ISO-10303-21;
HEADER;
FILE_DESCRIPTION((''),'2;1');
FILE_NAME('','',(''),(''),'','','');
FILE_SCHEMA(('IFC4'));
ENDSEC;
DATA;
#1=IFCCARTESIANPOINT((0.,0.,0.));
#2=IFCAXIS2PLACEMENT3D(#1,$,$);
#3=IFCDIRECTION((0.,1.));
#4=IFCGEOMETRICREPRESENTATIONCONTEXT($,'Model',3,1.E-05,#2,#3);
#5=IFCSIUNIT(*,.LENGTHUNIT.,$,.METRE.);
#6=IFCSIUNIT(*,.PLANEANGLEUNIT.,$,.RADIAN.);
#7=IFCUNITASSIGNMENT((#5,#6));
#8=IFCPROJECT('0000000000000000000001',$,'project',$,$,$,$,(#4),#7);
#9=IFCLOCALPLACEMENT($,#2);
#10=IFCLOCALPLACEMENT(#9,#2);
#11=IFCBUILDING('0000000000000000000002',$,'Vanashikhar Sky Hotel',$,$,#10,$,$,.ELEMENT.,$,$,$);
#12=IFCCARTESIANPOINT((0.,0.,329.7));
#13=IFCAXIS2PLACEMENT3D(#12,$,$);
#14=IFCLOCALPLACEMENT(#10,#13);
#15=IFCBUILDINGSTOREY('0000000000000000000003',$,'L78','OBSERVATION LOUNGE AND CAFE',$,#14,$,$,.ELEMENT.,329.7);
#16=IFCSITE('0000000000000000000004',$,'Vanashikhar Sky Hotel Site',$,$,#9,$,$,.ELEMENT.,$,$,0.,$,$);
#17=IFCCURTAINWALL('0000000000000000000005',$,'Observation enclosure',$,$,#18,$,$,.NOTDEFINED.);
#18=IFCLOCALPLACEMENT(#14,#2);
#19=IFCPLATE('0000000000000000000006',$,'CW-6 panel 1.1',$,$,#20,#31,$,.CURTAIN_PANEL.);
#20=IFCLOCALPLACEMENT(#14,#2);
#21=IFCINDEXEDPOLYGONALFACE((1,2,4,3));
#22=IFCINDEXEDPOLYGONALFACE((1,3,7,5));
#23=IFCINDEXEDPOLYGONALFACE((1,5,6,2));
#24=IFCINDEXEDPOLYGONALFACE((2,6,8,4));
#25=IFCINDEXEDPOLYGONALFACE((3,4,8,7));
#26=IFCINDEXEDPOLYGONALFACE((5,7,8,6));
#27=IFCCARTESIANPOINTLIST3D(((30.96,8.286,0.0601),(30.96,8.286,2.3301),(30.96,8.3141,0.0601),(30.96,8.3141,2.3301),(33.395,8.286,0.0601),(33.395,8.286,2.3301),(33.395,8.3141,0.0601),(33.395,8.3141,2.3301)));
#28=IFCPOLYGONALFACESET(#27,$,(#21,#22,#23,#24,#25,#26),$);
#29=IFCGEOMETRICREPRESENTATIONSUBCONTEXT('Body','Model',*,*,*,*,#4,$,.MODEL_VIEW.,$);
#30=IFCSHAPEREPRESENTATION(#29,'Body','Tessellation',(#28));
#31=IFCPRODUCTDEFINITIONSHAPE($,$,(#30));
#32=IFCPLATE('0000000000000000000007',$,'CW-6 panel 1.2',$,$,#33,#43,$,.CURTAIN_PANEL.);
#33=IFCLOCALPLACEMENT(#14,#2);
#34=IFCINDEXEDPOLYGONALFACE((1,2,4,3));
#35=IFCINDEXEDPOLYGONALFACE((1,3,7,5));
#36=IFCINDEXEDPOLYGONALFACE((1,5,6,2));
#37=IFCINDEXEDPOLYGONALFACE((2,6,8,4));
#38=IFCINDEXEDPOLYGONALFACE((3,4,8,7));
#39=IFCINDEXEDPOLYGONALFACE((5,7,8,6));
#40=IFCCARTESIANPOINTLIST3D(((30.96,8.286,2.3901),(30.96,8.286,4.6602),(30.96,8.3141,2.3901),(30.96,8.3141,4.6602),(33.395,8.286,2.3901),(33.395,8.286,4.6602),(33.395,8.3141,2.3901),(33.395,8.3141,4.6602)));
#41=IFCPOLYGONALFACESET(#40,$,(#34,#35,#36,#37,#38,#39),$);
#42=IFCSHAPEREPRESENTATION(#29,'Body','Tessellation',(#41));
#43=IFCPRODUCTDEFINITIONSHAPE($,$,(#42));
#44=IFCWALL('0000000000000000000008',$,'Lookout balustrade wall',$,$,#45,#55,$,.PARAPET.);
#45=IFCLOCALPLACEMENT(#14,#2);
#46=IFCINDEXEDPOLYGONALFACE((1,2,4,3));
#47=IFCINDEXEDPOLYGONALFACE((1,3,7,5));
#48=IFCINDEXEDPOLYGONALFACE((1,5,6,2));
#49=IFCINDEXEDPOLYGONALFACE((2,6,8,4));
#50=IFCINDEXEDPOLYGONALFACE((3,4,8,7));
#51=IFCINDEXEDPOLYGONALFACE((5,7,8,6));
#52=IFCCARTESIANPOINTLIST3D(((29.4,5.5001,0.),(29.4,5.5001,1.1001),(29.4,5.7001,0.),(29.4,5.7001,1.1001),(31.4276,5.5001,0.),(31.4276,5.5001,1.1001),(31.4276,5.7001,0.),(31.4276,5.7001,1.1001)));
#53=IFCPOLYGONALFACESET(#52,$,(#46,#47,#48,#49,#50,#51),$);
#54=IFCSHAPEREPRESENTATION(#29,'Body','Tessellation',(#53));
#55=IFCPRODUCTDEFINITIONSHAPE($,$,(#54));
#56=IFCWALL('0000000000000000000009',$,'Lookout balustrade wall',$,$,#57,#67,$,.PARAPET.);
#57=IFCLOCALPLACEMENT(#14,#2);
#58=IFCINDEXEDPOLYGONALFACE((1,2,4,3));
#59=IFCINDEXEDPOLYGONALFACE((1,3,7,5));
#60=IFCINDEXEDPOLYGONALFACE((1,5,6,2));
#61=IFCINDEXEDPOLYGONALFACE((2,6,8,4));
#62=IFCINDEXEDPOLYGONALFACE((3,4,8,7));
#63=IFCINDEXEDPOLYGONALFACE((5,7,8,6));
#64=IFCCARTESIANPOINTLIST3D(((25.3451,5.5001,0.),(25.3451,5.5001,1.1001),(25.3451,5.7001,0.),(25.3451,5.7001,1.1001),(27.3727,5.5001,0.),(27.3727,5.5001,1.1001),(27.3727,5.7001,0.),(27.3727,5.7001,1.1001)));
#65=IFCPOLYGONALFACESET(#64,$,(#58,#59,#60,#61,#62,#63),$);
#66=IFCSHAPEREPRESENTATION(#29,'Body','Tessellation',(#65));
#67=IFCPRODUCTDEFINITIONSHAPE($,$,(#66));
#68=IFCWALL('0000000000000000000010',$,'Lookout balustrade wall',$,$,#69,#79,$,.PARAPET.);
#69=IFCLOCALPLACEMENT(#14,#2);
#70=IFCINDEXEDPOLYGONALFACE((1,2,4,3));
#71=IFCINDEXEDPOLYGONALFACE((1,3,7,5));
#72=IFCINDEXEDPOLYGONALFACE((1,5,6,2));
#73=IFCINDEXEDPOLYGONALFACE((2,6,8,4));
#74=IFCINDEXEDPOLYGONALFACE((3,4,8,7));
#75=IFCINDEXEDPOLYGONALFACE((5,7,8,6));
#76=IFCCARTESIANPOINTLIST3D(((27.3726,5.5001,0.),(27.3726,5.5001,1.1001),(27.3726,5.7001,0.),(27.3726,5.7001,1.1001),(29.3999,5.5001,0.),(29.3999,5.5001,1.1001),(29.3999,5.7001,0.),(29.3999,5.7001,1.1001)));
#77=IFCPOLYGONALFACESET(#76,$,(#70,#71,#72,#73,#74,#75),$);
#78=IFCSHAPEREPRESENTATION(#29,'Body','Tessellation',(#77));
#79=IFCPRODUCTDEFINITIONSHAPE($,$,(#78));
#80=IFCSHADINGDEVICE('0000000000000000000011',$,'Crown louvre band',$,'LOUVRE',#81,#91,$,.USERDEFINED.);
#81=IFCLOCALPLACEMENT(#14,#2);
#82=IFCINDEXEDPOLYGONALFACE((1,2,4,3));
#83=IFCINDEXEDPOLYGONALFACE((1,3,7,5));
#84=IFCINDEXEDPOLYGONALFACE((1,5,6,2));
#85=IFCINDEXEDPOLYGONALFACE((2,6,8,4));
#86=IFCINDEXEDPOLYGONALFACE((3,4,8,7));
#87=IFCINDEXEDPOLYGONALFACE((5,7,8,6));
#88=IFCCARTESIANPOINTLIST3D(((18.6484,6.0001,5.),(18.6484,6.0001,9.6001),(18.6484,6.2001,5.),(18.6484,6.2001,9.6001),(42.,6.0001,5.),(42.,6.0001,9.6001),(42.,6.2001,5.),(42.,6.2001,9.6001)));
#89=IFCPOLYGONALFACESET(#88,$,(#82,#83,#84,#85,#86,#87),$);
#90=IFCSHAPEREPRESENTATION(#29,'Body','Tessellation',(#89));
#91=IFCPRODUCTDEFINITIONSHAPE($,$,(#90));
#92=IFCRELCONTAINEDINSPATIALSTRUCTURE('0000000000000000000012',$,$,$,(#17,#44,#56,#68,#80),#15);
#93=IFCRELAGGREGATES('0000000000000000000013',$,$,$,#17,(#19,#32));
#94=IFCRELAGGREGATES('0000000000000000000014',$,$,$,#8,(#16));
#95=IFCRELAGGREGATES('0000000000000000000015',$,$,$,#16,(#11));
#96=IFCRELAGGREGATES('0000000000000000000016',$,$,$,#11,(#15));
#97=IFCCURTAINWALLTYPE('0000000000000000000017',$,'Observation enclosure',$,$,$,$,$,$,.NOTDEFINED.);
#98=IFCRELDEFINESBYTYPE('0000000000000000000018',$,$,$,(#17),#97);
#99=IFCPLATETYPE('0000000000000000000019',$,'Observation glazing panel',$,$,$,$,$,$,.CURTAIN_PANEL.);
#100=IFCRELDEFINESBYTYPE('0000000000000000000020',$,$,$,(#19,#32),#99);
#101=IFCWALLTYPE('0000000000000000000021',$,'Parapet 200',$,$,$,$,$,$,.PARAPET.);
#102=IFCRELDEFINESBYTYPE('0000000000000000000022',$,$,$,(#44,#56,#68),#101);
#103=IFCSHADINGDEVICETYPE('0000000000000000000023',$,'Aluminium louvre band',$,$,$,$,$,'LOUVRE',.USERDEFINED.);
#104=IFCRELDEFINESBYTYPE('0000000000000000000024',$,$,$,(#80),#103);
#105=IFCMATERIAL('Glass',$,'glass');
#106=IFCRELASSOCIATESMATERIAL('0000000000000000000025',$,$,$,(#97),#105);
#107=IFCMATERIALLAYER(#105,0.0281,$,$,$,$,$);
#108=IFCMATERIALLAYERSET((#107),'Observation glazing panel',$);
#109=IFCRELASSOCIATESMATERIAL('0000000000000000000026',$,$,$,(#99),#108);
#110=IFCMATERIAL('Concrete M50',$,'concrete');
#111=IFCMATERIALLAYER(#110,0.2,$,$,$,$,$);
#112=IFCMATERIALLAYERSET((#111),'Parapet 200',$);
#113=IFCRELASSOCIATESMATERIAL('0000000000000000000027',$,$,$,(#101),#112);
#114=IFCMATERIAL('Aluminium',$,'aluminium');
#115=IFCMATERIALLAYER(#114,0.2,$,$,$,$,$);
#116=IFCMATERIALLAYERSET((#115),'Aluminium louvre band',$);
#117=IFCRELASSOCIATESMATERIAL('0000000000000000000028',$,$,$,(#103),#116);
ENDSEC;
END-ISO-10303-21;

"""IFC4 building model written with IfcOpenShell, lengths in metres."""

from ifc_helpers import new_model, si_unit, direction, frame, frame_2d, origin, origin_2d, place, context, subcontext, project, spatial, rectangle, extrude, source, transform, mapped, material, layer, layer_set, type_object, element, aggregate, save


model = new_model("IFC4")

# Units and contexts
model_context = context("Model", 3, precision=1e-05, world=origin(), true_north=direction((0.0, 1.0)))
body_context = subcontext(model_context, "Body", "Model", "MODEL_VIEW")
ifc_project = project(units=[si_unit("LENGTHUNIT", "METRE"), si_unit("PLANEANGLEUNIT", "RADIAN")], contexts=[model_context])

# Site, building, storey
site_placement = place(None, origin())
site = spatial("IfcSite", under=ifc_project, at=site_placement, Name="Vanashikhar Sky Hotel Site", CompositionType="ELEMENT", RefElevation=0.0)
building_placement = place(site_placement, origin())
building = spatial("IfcBuilding", under=site, at=building_placement, Name="Vanashikhar Sky Hotel", CompositionType="ELEMENT")
storey_placement = place(building_placement, frame((0.0, 0.0, 329.7)))
storey = spatial("IfcBuildingStorey", under=building, at=storey_placement, Name="L78", Description="OBSERVATION LOUNGE AND CAFE", CompositionType="ELEMENT", Elevation=329.7)

# Shared definitions
ifc_material_1 = material(Name="Concrete M50", Category="concrete")

# Shared definitions
ifc_material_2 = material(Name="Glass", Category="glass")
curtain_wall_type = type_object("IfcCurtainWallType", Name="Observation enclosure", PredefinedType="NOTDEFINED", material=ifc_material_2)

# Curtain wall
curtain_wall_1_placement = place(storey_placement, origin())
curtain_wall_1 = element("IfcCurtainWall", 1, at=curtain_wall_1_placement, inside=storey, type_object=curtain_wall_type, Name="Observation enclosure", PredefinedType="NOTDEFINED")

# Plates
ifc_layer_1 = layer(ifc_material_2, 0.0281)
ifc_layer_set_1 = layer_set([ifc_layer_1], Name="Observation glazing panel")
plate_type = type_object("IfcPlateType", Name="Observation glazing panel", PredefinedType="CURTAIN_PANEL", material=ifc_layer_set_1)
shared_shape_1 = source(origin(), body_context, "Body", "SweptSolid", [
    extrude(rectangle(XDim=2.4351, YDim=0.0281, at=origin_2d()), origin(), (0.0, 0.0, 1.0), 2.27),
])
plate_1_placement = place(storey_placement, frame((32.1775, 8.3, 0.0601), z_axis=(0.0, 0.0, 1.0), x_axis=(1.0, 0.0, 0.0)))
plate_1 = element("IfcPlate", 2, at=plate_1_placement, type_object=plate_type, Name="CW-6 panel 1.1", PredefinedType="CURTAIN_PANEL", context=body_context, shape_type="MappedRepresentation", body=[
    mapped(shared_shape_1, transform((0.0, 0.0, 0.0), scale=1.0)),
])
plate_2_placement = place(storey_placement, frame((32.1775, 8.3, 2.3901), z_axis=(0.0, 0.0, 1.0), x_axis=(1.0, 0.0, 0.0)))
plate_2 = element("IfcPlate", 3, at=plate_2_placement, type_object=plate_type, Name="CW-6 panel 1.2", PredefinedType="CURTAIN_PANEL", context=body_context, shape_type="MappedRepresentation", body=[
    mapped(shared_shape_1, transform((0.0, 0.0, 0.0), scale=1.0)),
])
aggregate(curtain_wall_1, [plate_1, plate_2])

# Walls
ifc_layer_2 = layer(ifc_material_1, 0.2)
ifc_layer_set_2 = layer_set([ifc_layer_2], Name="Parapet 200")
wall_type_1 = type_object("IfcWallType", Name="Parapet 200", PredefinedType="PARAPET", material=ifc_layer_set_2)
shared_shape_2 = source(origin(), body_context, "Body", "SweptSolid", [
    extrude(rectangle(XDim=2.0276, YDim=0.2, at=frame_2d((1.0137, 0.0))), origin(), (0.0, 0.0, 1.0), 1.1001),
])
for number, where, z_axis, x_axis, name in (
    (4, (31.4275, 5.6001, 0.0), (0.0, 0.0, 1.0), (-1.0, 0.0, 0.0), "Lookout balustrade wall"),
    (5, (27.3726, 5.6001, 0.0), (0.0, 0.0, 1.0), (-1.0, 0.0, 0.0), "Lookout balustrade wall"),
):
    element("IfcWall", number, at=place(storey_placement, frame(where, z_axis=z_axis, x_axis=x_axis)), inside=storey, type_object=wall_type_1, Name=name, PredefinedType="PARAPET", context=body_context, shape_type="MappedRepresentation", body=[
        mapped(shared_shape_2, transform((0.0, 0.0, 0.0), scale=1.0)),
    ])
shared_shape_3 = source(origin(), body_context, "Body", "SweptSolid", [
    extrude(rectangle(XDim=2.0273, YDim=0.2, at=frame_2d((1.0137, 0.0))), origin(), (0.0, 0.0, 1.0), 1.1001),
])
wall_1_placement = place(storey_placement, frame((29.3999, 5.6001, 0.0), z_axis=(0.0, 0.0, 1.0), x_axis=(-1.0, 0.0, 0.0)))
element("IfcWall", 6, at=wall_1_placement, inside=storey, type_object=wall_type_1, Name="Lookout balustrade wall", PredefinedType="PARAPET", context=body_context, shape_type="MappedRepresentation", body=[
    mapped(shared_shape_3, transform((0.0, 0.0, 0.0), scale=1.0)),
])

# Shared definitions
ifc_material_3 = material(Name="Aluminium", Category="aluminium")

# Shading device
ifc_layer_3 = layer(ifc_material_3, 0.2)
ifc_layer_set_3 = layer_set([ifc_layer_3], Name="Aluminium louvre band")
shading_device_type = type_object("IfcShadingDeviceType", Name="Aluminium louvre band", ElementType="LOUVRE", PredefinedType="USERDEFINED", material=ifc_layer_set_3)
shared_shape_4 = source(origin(), body_context, "Body", "SweptSolid", [
    extrude(rectangle(XDim=23.3516, YDim=0.2, at=origin_2d()), origin(), (0.0, 0.0, 1.0), 4.6001),
])
shading_device_placement = place(storey_placement, frame((30.3242, 6.1001, 5.0), z_axis=(0.0, 0.0, 1.0), x_axis=(-1.0, 0.0, 0.0)))
element("IfcShadingDevice", 7, at=shading_device_placement, inside=storey, type_object=shading_device_type, Name="Crown louvre band", ObjectType="LOUVRE", PredefinedType="USERDEFINED", context=body_context, shape_type="MappedRepresentation", body=[
    mapped(shared_shape_4, transform((0.0, 0.0, 0.0), scale=1.0)),
])

save(model, "model.ifc")
